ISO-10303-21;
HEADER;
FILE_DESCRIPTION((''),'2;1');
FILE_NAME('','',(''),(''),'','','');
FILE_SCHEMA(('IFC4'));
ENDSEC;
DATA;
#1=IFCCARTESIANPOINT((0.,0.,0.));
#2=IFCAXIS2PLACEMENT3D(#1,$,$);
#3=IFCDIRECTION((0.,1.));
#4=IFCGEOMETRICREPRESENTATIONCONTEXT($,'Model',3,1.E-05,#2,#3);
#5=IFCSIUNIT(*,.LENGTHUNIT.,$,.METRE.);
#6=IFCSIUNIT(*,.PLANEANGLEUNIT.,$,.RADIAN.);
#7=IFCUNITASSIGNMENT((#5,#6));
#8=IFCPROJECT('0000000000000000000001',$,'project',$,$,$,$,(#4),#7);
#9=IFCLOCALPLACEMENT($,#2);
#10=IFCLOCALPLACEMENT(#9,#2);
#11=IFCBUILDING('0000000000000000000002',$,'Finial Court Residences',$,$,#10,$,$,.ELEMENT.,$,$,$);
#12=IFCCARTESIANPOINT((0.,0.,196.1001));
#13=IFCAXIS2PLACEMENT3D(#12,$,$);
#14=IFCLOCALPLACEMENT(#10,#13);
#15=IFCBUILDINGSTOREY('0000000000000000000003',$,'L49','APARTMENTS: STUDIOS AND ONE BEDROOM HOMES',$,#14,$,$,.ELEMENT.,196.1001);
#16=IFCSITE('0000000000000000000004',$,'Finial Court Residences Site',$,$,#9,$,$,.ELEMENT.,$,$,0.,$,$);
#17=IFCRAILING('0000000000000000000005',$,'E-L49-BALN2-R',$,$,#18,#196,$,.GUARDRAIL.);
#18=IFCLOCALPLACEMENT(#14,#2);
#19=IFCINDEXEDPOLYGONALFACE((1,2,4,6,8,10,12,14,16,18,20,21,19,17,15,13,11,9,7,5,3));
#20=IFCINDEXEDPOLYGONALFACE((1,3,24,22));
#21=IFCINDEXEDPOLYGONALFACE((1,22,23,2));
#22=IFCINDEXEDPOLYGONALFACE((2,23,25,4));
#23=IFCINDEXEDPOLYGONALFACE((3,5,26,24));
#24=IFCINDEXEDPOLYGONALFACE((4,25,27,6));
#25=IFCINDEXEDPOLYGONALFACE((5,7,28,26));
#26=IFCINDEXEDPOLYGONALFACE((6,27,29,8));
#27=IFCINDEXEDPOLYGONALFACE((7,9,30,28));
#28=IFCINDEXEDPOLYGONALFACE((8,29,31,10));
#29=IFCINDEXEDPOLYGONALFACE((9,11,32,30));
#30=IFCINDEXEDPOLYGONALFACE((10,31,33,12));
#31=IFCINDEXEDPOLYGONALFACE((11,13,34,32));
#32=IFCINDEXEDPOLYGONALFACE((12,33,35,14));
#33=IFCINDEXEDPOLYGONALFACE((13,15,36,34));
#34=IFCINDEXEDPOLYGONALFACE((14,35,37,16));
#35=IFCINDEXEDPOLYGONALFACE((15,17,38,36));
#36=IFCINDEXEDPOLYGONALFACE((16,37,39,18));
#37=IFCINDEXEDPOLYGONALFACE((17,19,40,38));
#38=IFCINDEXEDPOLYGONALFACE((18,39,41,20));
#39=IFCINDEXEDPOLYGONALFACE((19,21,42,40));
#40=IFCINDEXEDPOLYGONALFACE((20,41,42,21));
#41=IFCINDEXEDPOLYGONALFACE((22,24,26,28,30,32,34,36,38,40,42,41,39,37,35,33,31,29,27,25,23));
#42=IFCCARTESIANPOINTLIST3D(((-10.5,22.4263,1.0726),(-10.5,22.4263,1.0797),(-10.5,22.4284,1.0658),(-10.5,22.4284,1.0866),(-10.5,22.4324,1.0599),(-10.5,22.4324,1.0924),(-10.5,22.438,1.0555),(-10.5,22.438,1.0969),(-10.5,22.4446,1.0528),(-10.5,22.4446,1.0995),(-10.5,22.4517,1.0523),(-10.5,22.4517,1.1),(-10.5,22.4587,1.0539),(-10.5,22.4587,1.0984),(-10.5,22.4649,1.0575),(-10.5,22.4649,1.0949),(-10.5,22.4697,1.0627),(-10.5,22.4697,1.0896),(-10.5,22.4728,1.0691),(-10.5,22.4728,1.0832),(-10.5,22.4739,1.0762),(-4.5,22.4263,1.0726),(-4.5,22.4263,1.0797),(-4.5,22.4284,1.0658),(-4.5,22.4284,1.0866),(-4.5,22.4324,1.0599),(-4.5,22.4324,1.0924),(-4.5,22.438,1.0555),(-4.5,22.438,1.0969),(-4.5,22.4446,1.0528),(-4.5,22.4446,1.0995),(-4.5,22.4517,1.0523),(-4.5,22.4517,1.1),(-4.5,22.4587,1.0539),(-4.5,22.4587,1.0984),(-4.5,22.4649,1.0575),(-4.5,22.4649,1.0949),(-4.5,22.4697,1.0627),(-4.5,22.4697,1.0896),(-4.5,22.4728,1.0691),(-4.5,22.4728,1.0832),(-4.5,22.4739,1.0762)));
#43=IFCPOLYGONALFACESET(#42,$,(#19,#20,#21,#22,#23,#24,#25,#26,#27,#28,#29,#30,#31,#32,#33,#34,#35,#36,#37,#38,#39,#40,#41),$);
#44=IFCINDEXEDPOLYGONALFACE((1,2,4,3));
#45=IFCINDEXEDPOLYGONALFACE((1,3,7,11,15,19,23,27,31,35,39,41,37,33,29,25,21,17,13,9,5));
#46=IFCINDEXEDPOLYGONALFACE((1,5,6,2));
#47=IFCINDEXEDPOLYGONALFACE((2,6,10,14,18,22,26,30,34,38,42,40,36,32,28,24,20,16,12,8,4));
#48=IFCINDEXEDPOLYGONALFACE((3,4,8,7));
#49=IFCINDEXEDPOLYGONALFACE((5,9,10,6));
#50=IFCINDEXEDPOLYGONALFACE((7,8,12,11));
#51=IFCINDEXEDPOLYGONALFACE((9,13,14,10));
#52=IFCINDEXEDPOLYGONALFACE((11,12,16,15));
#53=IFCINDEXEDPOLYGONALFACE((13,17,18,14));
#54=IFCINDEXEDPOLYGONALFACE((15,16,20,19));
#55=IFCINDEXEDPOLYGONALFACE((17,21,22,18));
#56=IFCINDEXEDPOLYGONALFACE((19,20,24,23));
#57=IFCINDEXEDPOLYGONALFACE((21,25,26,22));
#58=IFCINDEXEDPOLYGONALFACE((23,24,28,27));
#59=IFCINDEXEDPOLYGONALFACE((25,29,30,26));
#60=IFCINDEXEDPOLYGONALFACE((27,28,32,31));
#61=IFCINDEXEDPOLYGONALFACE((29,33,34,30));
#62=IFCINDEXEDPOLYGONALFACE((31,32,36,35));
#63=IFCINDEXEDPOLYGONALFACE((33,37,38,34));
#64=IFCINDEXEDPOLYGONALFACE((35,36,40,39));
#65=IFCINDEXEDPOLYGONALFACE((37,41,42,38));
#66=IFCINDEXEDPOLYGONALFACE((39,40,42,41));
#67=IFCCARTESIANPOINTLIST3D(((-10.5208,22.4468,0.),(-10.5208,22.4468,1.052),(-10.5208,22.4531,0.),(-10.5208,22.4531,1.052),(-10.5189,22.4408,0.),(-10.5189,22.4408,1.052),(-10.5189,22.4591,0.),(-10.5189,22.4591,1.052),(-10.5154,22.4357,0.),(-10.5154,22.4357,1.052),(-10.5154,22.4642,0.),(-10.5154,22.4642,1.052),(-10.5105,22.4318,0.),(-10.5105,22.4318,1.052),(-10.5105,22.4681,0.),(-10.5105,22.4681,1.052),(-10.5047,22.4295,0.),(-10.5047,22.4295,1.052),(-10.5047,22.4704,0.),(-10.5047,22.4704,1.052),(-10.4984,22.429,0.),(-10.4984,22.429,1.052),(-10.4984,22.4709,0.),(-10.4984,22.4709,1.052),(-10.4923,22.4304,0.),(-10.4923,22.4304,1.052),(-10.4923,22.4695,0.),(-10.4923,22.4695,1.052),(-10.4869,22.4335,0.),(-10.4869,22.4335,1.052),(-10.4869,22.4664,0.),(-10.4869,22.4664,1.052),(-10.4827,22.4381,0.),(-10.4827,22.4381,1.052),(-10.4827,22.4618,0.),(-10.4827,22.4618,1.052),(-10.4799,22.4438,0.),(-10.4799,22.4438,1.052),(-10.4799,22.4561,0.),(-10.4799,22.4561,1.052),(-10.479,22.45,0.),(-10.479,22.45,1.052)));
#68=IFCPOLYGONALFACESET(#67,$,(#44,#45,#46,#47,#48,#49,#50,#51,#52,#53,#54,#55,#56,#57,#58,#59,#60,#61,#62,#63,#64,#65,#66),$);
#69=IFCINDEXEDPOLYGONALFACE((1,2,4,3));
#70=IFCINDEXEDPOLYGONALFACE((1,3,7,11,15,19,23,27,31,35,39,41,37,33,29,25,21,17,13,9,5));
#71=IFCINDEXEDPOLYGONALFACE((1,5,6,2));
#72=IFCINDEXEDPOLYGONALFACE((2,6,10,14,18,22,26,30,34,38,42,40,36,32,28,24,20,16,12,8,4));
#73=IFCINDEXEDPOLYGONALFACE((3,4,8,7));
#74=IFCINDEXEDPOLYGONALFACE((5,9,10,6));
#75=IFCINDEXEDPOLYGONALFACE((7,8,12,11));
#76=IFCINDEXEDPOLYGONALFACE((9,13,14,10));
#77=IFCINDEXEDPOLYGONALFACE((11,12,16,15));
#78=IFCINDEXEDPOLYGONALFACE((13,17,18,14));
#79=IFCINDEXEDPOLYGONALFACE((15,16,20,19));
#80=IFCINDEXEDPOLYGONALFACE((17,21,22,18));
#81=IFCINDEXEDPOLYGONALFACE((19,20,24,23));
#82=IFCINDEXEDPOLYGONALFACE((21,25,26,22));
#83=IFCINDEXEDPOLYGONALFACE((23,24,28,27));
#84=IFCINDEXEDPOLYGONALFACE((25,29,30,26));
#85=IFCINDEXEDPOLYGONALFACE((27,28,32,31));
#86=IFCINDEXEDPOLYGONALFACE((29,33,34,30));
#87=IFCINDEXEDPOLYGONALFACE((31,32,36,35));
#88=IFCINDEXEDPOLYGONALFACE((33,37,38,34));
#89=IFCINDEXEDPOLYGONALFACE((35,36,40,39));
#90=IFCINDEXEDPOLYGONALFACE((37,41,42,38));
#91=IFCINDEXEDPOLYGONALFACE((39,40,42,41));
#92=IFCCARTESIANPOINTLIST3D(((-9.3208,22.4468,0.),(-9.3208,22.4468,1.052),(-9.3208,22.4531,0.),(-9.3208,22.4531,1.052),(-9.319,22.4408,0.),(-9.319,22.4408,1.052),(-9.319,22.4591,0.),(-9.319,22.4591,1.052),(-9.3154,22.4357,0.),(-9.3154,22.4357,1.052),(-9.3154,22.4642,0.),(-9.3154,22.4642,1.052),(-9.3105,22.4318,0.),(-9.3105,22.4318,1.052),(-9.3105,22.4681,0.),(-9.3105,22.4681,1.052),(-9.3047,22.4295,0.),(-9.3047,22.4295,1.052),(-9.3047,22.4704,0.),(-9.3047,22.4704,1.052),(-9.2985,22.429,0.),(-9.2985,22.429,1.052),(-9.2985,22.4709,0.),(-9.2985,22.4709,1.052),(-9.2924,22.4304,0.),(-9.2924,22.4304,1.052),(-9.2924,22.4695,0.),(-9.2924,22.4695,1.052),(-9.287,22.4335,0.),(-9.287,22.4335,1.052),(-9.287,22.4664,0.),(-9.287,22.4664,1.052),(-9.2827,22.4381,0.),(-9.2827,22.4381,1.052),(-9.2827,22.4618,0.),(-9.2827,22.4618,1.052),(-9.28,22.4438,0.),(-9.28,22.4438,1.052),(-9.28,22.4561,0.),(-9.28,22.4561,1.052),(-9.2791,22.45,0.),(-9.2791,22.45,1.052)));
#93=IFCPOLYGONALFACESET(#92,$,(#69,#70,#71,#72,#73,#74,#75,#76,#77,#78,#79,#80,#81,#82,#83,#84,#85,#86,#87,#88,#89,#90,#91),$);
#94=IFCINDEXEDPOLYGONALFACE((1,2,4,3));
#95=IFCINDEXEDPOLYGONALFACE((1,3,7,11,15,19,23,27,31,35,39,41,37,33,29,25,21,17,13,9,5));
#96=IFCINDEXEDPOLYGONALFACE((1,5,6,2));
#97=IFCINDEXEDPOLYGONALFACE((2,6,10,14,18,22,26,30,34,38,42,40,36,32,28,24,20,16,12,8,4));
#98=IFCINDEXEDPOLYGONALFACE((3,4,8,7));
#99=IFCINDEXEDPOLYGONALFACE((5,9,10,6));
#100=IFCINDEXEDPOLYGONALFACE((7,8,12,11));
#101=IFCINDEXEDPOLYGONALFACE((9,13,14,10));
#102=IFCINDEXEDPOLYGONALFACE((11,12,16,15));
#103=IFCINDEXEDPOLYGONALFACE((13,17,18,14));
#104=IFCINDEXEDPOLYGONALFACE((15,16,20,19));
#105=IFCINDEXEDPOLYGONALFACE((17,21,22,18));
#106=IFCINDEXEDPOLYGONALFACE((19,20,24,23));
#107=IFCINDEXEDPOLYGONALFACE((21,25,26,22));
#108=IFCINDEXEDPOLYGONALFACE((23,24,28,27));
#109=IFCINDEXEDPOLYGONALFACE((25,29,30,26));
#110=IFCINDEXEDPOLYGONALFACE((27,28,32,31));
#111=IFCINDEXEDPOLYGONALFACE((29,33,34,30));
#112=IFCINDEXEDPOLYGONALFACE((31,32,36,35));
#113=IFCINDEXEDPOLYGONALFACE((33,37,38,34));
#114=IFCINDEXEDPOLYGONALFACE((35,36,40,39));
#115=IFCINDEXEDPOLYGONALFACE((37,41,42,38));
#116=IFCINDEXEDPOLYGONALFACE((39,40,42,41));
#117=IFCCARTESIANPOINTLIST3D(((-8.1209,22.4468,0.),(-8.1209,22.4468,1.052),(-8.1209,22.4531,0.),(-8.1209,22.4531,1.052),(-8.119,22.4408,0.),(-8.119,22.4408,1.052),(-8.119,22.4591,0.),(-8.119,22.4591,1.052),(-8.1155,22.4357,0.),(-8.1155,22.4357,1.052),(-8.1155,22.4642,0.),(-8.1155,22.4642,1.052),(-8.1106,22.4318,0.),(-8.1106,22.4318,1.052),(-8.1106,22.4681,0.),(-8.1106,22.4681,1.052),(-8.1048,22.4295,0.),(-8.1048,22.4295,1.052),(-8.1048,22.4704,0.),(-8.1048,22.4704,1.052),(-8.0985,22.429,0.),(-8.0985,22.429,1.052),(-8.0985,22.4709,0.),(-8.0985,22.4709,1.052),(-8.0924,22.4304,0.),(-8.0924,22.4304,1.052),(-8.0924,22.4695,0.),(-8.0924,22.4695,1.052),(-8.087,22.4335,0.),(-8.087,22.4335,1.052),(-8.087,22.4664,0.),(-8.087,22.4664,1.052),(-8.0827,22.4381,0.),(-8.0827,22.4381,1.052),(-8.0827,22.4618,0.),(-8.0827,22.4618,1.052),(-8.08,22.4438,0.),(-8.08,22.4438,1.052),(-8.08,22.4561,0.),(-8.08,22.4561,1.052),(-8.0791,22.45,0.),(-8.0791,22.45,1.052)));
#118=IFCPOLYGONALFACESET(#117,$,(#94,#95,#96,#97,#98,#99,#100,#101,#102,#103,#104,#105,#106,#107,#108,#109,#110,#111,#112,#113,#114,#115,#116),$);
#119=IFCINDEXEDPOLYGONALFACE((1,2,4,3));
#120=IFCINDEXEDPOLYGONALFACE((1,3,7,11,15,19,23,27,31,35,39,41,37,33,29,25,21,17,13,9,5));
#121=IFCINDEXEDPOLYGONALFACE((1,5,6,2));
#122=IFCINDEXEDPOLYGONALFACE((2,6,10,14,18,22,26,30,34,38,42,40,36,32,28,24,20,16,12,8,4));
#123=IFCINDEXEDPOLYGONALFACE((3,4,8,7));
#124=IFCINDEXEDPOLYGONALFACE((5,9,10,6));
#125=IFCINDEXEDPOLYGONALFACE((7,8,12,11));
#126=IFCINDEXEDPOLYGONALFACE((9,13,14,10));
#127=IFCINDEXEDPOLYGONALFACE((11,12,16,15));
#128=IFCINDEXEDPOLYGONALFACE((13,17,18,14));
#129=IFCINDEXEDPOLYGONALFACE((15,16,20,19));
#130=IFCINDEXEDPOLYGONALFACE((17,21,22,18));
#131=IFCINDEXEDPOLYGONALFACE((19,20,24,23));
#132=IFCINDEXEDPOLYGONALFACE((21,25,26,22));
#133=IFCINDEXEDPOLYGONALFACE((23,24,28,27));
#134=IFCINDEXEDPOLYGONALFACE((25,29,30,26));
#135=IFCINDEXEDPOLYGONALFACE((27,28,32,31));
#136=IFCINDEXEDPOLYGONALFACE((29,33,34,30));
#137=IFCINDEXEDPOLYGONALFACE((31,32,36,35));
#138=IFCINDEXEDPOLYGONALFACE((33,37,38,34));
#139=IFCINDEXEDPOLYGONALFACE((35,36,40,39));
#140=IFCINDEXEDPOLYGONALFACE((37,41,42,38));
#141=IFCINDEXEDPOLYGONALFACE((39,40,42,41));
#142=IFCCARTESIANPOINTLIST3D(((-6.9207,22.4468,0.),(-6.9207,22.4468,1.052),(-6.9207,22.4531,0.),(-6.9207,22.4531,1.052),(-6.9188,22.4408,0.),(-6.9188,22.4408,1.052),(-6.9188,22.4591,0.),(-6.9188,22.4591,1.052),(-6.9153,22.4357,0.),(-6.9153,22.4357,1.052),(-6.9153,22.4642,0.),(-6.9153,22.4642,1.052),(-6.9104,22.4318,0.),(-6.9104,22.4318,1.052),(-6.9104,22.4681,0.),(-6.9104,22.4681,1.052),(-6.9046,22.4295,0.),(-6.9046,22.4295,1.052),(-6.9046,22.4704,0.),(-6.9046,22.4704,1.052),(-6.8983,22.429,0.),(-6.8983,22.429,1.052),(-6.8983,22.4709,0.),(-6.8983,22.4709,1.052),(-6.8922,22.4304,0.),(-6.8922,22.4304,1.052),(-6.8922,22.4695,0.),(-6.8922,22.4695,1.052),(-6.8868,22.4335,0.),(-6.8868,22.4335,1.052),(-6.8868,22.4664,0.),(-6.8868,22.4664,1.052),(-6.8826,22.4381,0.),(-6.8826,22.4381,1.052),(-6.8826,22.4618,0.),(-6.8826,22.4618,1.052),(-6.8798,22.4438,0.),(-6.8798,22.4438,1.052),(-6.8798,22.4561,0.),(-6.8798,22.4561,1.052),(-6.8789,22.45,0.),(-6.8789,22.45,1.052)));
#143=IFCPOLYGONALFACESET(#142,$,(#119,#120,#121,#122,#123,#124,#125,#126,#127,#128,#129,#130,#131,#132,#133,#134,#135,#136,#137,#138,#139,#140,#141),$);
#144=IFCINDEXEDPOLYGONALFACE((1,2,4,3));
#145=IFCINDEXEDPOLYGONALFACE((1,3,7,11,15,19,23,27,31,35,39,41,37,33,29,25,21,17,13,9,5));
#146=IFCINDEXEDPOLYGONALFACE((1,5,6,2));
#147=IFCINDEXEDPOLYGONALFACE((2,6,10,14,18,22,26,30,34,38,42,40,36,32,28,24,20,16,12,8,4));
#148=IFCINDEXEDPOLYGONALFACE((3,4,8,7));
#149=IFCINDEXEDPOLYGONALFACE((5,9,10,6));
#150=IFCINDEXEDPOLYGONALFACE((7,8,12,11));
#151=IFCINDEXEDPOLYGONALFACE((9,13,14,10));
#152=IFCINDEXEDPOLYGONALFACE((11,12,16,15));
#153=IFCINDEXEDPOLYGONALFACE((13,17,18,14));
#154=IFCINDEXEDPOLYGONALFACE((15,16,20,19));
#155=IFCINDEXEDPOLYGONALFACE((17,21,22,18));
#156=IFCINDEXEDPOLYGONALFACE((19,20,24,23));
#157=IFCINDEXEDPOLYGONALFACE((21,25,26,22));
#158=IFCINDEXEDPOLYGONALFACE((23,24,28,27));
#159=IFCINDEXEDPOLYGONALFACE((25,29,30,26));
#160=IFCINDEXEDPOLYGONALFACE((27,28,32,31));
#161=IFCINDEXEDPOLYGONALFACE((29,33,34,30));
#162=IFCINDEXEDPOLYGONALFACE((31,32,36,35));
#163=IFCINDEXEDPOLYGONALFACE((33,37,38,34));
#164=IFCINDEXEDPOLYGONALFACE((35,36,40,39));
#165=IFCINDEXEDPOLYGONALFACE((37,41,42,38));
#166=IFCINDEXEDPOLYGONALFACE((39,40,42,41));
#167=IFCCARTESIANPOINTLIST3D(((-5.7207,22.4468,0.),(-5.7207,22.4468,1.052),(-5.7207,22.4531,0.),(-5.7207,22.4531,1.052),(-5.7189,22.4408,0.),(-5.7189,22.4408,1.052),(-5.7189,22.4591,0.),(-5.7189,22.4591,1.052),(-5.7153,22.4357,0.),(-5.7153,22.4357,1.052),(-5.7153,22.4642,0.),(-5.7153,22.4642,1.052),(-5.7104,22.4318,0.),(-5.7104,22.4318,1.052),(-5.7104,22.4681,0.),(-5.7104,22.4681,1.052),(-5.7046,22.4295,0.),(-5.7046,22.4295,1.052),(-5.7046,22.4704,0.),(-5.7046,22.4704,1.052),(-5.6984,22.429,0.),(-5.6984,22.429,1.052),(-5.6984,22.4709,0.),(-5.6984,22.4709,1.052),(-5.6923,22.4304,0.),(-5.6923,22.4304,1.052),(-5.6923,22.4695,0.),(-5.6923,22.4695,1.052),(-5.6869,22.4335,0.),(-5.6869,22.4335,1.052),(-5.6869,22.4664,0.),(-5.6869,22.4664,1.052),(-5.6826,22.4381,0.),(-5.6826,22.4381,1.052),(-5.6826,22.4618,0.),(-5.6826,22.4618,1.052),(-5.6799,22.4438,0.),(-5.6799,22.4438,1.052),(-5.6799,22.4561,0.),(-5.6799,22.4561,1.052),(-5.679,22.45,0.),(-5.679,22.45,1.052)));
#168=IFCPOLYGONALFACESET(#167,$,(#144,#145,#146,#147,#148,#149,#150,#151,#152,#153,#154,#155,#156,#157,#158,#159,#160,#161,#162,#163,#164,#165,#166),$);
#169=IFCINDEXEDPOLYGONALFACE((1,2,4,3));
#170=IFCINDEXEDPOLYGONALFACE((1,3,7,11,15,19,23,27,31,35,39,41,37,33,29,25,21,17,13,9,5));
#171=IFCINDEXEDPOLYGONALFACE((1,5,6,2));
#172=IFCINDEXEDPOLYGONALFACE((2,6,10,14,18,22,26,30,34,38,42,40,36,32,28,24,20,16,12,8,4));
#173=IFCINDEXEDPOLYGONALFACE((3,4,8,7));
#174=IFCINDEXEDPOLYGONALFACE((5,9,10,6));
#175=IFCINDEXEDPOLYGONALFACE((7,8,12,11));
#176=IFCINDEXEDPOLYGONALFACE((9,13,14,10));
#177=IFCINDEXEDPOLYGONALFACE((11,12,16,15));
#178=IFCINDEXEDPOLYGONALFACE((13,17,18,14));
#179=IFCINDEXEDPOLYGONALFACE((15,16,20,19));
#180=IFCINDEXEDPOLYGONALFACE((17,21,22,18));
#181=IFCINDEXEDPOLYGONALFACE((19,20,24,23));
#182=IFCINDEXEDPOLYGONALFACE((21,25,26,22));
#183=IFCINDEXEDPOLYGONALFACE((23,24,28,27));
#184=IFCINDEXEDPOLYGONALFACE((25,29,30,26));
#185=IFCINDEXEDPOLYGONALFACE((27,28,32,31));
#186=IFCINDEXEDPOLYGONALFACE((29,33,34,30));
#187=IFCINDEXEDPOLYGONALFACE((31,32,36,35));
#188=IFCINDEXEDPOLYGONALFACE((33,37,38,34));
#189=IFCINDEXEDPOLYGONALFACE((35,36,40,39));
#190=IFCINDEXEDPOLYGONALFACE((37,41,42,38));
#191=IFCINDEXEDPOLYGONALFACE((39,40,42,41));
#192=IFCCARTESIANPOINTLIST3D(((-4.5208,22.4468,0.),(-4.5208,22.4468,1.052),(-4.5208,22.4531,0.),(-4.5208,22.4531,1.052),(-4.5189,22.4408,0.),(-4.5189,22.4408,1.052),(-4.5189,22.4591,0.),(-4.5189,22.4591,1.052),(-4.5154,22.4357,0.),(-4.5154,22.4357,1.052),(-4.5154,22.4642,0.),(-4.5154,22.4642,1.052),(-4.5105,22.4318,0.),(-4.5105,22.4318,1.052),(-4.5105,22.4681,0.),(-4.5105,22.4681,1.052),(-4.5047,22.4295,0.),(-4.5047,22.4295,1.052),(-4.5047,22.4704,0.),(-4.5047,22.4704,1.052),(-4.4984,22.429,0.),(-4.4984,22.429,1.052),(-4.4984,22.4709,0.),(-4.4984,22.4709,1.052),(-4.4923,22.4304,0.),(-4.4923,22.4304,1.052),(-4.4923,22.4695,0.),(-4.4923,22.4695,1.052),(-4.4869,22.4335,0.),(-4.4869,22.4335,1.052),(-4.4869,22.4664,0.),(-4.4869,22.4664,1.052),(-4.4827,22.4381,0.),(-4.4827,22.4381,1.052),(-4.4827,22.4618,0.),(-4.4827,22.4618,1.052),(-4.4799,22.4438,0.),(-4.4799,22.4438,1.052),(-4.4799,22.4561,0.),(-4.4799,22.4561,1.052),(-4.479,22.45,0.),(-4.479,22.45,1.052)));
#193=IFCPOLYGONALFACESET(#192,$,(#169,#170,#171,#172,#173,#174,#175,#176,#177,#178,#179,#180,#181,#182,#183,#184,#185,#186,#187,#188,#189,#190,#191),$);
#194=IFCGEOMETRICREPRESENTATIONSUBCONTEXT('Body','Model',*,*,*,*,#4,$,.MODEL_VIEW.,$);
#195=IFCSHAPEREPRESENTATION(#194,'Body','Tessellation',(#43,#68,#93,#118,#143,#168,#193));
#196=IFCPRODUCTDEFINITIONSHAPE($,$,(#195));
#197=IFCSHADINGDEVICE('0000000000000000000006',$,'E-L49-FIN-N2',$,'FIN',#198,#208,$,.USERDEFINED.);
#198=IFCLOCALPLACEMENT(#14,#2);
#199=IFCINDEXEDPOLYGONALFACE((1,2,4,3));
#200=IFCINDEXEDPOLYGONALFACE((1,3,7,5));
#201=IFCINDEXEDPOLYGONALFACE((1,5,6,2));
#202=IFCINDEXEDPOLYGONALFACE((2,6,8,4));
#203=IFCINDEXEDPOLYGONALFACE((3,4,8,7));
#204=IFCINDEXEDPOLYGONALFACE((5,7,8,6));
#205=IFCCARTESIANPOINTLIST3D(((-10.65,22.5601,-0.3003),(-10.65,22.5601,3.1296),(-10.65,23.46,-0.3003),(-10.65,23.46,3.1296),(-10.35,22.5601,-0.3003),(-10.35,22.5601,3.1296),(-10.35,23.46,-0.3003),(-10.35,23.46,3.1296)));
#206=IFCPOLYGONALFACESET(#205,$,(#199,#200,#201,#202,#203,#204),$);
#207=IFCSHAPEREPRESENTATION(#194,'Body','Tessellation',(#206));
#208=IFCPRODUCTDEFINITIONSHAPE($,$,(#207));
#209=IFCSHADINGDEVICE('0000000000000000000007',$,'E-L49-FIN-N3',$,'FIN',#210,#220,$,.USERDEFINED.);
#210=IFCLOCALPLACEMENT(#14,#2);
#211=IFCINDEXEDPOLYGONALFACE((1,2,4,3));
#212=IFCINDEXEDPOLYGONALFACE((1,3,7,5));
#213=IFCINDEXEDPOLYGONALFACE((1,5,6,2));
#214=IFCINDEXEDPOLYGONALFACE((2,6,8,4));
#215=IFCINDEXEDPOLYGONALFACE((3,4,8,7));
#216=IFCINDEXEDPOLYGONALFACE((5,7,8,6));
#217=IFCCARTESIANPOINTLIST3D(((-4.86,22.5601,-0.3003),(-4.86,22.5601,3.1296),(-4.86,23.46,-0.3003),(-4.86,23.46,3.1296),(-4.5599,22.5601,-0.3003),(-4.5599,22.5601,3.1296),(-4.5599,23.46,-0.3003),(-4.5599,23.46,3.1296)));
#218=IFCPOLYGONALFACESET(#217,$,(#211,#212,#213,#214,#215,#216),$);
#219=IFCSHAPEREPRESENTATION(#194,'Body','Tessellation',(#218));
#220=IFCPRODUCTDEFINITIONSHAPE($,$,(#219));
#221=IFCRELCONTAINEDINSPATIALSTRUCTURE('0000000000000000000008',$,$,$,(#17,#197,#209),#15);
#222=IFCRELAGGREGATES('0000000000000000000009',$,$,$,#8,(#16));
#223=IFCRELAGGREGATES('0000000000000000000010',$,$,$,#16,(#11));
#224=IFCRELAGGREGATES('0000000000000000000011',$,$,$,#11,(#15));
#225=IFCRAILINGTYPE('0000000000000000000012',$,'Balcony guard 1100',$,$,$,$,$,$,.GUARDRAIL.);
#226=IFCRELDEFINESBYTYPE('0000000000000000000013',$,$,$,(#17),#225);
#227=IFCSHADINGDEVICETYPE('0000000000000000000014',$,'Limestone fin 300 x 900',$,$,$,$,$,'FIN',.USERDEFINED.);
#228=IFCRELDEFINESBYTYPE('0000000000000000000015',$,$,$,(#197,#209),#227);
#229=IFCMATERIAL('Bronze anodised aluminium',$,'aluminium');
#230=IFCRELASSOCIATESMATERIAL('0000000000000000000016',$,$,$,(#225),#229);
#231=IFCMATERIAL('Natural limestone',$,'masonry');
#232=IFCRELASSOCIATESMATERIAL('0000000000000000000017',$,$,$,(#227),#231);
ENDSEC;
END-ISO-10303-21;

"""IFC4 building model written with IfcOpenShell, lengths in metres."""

from ifc_helpers import new_model, si_unit, direction, frame, origin, origin_2d, place, context, subcontext, project, spatial, rectangle, circle, extrude, material, type_object, element, save


model = new_model("IFC4")

# Units and contexts
model_context = context("Model", 3, precision=1e-05, world=origin(), true_north=direction((0.0, 1.0)))
body_context = subcontext(model_context, "Body", "Model", "MODEL_VIEW")
ifc_project = project(units=[si_unit("LENGTHUNIT", "METRE"), si_unit("PLANEANGLEUNIT", "RADIAN")], contexts=[model_context])

# Site, building, storey
site_placement = place(None, origin())
site = spatial("IfcSite", under=ifc_project, at=site_placement, Name="Finial Court Residences Site", CompositionType="ELEMENT", RefElevation=0.0)
building_placement = place(site_placement, origin())
building = spatial("IfcBuilding", under=site, at=building_placement, Name="Finial Court Residences", CompositionType="ELEMENT")
storey_placement = place(building_placement, frame((0.0, 0.0, 196.1001)))
storey = spatial("IfcBuildingStorey", under=building, at=storey_placement, Name="L49", Description="APARTMENTS: STUDIOS AND ONE BEDROOM HOMES", CompositionType="ELEMENT", Elevation=196.1001)

# Shared definitions
ifc_material_1 = material(Name="Bronze anodised aluminium", Category="aluminium")

# Shared definitions
ifc_material_2 = material(Name="Natural limestone", Category="masonry")

# Railing
railing_type = type_object("IfcRailingType", Name="Balcony guard 1100", PredefinedType="GUARDRAIL", material=ifc_material_1)
railing_placement = place(storey_placement, frame((-10.5, 22.45, 0.0)))
element("IfcRailing", 1, at=railing_placement, inside=storey, type_object=railing_type, Name="E-L49-BALN2-R", PredefinedType="GUARDRAIL", context=body_context, shape_type="SweptSolid", body=[
    extrude(circle(Radius=0.0239, at=origin_2d()), frame((0.0, 0.0, 1.0762), z_axis=(1.0, 0.0, 0.0), x_axis=(0.0, 1.0, 0.0)), (0.0, 0.0, 1.0), 6.0),
    extrude(circle(Radius=0.021, at=origin_2d()), origin(), (0.0, 0.0, 1.0), 1.052),
    extrude(circle(Radius=0.021, at=origin_2d()), frame((1.2, 0.0, 0.0)), (0.0, 0.0, 1.0), 1.052),
    extrude(circle(Radius=0.021, at=origin_2d()), frame((2.3999, 0.0, 0.0)), (0.0, 0.0, 1.0), 1.052),
    extrude(circle(Radius=0.021, at=origin_2d()), frame((3.6001, 0.0, 0.0)), (0.0, 0.0, 1.0), 1.052),
    extrude(circle(Radius=0.021, at=origin_2d()), frame((4.8, 0.0, 0.0)), (0.0, 0.0, 1.0), 1.052),
    extrude(circle(Radius=0.021, at=origin_2d()), frame((6.0, 0.0, 0.0)), (0.0, 0.0, 1.0), 1.052),
])

# Shading devices
shading_device_type = type_object("IfcShadingDeviceType", Name="Limestone fin 300 x 900", ElementType="FIN", PredefinedType="USERDEFINED", material=ifc_material_2)
for number, where, z_axis, x_axis, name in (
    (2, (-10.5, 23.01, -0.3003), (0.0, 0.0, 1.0), (1.0, 0.0, 0.0), "E-L49-FIN-N2"),
    (3, (-4.71, 23.01, -0.3003), (0.0, 0.0, 1.0), (1.0, 0.0, 0.0), "E-L49-FIN-N3"),
):
    element("IfcShadingDevice", number, at=place(storey_placement, frame(where, z_axis=z_axis, x_axis=x_axis)), inside=storey, type_object=shading_device_type, Name=name, ObjectType="FIN", PredefinedType="USERDEFINED", context=body_context, shape_type="SweptSolid", body=[
        extrude(rectangle(XDim=0.3, YDim=0.8999, at=origin_2d()), origin(), (0.0, 0.0, 1.0), 3.4299),
    ])

save(model, "model.ifc")
